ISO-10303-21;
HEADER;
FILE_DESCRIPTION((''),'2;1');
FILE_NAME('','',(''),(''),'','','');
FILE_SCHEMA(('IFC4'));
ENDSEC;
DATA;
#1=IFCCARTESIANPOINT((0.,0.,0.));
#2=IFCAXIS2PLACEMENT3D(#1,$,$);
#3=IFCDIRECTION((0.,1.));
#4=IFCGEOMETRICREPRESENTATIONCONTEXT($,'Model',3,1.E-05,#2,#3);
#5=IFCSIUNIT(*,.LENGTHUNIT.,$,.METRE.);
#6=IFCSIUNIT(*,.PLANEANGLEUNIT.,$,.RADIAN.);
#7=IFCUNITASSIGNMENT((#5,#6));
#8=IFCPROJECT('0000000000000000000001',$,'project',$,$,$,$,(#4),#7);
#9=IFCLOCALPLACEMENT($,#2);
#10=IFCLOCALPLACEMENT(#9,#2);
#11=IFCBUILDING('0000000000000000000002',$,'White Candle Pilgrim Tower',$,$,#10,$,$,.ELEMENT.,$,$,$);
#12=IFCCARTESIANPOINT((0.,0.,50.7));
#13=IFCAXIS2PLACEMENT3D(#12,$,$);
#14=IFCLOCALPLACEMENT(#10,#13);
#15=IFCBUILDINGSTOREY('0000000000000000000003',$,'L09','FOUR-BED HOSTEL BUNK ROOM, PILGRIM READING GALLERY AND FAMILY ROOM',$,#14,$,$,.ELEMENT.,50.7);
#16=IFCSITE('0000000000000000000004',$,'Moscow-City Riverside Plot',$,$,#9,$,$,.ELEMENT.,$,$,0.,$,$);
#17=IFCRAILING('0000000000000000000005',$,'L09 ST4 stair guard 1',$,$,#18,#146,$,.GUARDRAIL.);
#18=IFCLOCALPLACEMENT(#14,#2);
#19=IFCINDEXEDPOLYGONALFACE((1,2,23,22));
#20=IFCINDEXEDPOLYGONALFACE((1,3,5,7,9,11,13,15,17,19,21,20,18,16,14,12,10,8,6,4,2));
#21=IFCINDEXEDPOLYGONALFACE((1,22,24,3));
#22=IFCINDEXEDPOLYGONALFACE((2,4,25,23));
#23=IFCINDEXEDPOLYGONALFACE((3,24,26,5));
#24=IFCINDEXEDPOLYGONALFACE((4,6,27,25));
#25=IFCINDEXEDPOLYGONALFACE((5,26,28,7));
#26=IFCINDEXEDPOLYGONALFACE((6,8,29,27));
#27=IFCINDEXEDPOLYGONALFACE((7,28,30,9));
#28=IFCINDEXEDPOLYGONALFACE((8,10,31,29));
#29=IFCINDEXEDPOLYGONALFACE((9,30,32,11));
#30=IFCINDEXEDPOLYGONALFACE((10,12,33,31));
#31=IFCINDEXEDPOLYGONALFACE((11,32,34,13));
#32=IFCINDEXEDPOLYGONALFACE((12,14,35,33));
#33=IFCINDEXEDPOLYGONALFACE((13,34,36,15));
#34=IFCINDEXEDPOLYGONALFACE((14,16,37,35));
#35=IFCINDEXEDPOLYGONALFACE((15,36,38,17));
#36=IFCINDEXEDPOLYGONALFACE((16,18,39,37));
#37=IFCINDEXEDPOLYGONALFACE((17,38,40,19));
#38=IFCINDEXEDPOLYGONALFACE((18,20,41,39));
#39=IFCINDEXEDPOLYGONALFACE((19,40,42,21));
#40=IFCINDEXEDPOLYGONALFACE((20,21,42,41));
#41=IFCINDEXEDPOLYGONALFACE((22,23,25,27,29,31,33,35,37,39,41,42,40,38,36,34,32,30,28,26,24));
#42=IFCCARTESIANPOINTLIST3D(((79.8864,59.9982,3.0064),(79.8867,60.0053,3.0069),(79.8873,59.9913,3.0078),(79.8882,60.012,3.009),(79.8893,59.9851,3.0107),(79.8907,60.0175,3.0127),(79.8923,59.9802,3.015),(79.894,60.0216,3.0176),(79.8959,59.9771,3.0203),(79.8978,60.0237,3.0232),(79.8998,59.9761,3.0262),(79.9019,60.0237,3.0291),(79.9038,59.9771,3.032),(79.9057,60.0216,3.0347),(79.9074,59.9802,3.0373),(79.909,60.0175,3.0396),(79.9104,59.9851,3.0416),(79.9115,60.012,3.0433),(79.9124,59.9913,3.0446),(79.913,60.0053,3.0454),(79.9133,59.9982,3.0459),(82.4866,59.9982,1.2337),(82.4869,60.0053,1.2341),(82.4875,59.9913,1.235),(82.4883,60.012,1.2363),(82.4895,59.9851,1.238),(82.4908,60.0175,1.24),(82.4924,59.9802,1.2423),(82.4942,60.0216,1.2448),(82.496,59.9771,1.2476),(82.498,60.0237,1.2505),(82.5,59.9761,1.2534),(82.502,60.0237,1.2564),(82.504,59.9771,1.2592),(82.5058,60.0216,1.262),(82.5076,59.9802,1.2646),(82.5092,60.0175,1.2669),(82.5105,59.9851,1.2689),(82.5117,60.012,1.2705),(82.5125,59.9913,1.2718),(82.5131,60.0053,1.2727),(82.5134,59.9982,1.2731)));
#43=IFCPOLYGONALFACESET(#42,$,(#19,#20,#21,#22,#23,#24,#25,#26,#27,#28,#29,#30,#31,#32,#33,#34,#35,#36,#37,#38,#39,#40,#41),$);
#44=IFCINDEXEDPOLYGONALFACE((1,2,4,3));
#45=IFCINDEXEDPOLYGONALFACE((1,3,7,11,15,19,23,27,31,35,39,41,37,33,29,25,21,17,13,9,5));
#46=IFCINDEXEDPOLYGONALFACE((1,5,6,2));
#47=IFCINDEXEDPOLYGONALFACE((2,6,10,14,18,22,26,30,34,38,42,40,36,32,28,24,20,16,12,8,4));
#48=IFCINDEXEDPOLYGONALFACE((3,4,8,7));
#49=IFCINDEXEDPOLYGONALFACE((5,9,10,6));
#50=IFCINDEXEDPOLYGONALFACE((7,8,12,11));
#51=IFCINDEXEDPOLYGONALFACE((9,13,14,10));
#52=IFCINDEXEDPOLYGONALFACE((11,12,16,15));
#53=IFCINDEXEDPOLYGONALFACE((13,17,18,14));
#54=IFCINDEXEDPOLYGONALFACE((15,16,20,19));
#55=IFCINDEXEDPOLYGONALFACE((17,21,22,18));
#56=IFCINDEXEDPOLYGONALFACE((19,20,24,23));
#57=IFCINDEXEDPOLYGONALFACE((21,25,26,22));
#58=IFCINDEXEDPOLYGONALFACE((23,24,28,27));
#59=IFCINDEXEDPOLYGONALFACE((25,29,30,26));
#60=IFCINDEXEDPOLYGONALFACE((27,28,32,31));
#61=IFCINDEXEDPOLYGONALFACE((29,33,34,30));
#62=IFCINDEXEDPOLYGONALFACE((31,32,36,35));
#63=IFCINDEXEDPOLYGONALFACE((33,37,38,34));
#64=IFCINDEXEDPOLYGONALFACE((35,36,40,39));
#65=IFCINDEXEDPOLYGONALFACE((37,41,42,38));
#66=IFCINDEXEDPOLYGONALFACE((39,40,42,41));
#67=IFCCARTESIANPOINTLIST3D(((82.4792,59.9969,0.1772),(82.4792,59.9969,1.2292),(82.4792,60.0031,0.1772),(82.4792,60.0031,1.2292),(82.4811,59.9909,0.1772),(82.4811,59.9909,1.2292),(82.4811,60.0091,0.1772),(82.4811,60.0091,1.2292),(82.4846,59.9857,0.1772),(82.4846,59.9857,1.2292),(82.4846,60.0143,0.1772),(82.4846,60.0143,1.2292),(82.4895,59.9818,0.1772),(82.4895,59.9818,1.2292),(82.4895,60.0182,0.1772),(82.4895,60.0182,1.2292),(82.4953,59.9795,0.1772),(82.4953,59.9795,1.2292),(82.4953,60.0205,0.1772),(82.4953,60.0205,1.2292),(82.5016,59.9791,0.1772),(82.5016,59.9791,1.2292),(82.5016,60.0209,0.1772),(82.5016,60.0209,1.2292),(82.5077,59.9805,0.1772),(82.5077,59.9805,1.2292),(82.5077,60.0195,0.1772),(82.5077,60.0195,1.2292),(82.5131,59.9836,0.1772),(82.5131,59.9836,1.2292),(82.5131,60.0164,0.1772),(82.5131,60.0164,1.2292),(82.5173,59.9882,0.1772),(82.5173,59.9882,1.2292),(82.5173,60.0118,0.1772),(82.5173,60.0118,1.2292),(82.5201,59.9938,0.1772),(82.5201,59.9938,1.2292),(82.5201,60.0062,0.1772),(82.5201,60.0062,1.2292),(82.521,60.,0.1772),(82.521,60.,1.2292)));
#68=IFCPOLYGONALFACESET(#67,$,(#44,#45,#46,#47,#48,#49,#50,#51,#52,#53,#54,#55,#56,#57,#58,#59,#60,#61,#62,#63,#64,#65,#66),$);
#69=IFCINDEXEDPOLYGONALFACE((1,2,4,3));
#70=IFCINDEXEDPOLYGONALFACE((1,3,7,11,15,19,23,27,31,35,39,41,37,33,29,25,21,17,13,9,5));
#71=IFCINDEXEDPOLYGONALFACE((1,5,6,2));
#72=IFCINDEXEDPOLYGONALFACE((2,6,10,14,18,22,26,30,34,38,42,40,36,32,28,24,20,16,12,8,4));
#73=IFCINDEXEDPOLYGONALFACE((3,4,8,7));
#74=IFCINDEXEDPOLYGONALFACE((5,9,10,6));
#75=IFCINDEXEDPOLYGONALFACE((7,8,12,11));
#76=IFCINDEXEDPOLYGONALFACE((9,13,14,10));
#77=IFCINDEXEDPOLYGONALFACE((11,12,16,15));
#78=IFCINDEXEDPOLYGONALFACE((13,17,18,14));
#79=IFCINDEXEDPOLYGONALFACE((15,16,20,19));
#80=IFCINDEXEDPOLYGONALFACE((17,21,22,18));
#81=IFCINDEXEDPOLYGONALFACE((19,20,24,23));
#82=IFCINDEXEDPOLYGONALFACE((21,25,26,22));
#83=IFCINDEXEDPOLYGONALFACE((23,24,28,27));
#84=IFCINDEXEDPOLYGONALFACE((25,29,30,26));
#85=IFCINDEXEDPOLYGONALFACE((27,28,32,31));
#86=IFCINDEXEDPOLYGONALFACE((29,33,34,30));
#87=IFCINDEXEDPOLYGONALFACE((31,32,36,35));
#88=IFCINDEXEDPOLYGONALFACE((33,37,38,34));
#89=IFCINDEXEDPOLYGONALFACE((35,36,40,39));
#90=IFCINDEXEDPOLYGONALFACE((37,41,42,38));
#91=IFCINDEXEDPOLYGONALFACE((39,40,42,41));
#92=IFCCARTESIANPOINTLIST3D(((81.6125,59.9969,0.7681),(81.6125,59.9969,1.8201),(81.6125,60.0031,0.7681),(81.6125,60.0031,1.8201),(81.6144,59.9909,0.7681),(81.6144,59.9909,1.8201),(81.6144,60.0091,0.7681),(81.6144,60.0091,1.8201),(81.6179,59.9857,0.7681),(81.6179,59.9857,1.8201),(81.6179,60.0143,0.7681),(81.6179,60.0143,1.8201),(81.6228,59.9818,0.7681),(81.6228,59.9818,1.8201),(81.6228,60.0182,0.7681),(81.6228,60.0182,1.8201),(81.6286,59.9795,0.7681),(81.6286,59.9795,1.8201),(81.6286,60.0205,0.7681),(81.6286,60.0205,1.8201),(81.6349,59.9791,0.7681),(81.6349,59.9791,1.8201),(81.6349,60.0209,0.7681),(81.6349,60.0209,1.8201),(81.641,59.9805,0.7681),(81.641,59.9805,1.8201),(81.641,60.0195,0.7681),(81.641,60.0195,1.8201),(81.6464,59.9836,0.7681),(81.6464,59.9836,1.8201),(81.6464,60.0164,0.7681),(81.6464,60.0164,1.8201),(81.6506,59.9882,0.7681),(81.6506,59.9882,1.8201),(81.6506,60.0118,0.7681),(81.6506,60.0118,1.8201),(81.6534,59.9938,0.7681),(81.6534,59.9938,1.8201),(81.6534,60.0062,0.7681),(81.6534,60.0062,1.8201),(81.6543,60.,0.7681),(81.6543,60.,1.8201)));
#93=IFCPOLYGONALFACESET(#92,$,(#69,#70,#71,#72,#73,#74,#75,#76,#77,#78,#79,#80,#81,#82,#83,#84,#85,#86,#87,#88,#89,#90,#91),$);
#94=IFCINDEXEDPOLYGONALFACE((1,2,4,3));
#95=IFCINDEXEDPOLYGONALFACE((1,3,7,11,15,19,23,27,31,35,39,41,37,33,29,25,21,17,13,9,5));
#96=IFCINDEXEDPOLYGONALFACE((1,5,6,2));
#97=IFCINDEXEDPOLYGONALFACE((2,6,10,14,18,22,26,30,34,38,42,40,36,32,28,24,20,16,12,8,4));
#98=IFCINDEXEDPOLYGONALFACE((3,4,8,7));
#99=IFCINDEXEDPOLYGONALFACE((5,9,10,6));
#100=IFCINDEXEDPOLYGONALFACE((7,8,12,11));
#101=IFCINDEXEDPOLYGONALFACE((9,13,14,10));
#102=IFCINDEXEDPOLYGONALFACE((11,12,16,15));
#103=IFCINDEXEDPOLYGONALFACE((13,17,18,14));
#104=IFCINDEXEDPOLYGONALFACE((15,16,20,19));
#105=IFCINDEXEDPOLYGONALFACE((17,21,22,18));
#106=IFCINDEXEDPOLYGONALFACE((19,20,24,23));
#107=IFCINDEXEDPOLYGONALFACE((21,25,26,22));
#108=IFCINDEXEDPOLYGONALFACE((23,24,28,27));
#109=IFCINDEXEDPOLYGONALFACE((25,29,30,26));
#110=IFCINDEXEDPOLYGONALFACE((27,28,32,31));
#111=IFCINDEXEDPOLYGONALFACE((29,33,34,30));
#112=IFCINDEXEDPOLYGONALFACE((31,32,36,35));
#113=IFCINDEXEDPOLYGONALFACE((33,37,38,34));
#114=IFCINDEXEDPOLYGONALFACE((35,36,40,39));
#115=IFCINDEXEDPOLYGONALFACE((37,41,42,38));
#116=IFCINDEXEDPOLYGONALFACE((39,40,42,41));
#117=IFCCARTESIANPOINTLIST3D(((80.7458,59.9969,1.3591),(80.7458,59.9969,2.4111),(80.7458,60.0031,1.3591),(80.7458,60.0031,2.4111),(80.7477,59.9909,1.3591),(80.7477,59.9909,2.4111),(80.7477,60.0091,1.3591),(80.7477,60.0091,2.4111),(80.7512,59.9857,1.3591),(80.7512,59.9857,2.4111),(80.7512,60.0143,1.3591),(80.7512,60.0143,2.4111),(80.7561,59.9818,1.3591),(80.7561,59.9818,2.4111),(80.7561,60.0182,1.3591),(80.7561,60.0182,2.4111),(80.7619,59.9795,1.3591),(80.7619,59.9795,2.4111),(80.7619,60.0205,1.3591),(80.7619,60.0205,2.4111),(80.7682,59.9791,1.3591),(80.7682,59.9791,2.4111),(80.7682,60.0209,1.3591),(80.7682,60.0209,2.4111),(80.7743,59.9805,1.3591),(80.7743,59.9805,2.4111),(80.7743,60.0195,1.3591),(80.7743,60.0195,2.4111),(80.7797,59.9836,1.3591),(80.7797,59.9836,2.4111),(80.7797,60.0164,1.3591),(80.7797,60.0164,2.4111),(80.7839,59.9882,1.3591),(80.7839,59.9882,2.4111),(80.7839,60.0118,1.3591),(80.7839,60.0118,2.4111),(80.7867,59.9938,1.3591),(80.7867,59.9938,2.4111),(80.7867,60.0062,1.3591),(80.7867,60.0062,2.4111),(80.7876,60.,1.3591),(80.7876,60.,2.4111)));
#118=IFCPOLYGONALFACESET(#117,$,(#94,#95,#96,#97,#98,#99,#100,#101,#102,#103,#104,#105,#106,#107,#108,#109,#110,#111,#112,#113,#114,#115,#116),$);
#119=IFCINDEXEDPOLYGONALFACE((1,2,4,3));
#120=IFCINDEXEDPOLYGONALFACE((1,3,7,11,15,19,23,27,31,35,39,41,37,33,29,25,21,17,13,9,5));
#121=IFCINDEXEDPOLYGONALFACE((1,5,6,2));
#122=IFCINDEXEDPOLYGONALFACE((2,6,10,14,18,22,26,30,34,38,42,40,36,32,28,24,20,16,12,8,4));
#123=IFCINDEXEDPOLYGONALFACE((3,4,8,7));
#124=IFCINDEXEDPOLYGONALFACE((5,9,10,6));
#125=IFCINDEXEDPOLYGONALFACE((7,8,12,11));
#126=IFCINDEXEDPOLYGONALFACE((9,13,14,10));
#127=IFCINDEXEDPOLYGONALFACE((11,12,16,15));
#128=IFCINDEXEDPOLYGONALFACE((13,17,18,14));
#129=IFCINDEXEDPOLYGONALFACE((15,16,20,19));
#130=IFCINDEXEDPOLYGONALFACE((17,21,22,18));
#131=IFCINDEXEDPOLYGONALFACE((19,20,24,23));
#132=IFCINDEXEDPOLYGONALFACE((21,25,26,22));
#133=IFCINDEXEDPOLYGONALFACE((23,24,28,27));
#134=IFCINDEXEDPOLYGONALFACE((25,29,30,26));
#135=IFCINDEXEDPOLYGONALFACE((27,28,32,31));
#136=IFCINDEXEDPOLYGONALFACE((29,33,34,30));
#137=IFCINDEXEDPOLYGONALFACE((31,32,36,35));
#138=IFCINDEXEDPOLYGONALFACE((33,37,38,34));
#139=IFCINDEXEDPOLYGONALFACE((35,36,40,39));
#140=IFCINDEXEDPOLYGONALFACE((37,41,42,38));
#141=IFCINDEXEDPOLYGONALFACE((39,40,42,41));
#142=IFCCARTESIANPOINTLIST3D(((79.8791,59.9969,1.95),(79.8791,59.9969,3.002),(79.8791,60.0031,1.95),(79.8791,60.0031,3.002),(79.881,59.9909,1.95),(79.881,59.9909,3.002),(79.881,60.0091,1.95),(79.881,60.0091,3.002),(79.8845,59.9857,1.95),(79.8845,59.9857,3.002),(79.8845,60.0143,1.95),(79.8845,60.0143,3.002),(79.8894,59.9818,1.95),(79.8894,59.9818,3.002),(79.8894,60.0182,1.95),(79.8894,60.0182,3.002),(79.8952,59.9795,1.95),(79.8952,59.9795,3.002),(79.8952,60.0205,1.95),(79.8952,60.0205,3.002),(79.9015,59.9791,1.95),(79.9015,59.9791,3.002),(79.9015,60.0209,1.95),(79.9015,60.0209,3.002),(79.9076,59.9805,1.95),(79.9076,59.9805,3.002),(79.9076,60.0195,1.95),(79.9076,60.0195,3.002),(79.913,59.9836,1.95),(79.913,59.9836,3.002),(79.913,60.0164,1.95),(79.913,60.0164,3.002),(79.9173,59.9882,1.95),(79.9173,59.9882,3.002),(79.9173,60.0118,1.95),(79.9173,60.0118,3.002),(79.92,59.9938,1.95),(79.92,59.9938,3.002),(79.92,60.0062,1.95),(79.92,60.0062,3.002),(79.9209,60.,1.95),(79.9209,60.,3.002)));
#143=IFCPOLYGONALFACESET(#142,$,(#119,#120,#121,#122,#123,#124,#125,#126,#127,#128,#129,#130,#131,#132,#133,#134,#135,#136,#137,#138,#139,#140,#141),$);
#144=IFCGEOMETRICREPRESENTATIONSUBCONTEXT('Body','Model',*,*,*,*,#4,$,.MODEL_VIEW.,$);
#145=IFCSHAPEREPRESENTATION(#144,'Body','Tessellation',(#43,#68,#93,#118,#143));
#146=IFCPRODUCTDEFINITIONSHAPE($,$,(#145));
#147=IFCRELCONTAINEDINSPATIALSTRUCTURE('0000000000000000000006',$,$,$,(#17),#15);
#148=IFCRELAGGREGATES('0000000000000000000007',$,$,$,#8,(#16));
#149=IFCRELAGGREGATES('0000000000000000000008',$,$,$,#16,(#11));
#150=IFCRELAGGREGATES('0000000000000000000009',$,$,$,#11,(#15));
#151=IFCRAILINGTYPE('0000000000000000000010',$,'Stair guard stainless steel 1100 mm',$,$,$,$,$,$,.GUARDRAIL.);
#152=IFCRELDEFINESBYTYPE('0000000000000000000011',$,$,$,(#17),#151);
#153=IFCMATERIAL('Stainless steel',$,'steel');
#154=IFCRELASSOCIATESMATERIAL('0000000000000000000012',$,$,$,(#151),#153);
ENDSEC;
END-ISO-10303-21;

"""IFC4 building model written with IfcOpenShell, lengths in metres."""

from ifc_helpers import new_model, si_unit, direction, frame, origin, origin_2d, place, context, subcontext, project, spatial, circle, extrude, material, type_object, element, save


model = new_model("IFC4")

# Units and contexts
model_context = context("Model", 3, precision=1e-05, world=origin(), true_north=direction((0.0, 1.0)))
body_context = subcontext(model_context, "Body", "Model", "MODEL_VIEW")
ifc_project = project(units=[si_unit("LENGTHUNIT", "METRE"), si_unit("PLANEANGLEUNIT", "RADIAN")], contexts=[model_context])

# Site, building, storey
site_placement = place(None, origin())
site = spatial("IfcSite", under=ifc_project, at=site_placement, Name="Moscow-City Riverside Plot", CompositionType="ELEMENT", RefElevation=0.0)
building_placement = place(site_placement, origin())
building = spatial("IfcBuilding", under=site, at=building_placement, Name="White Candle Pilgrim Tower", CompositionType="ELEMENT")
storey_placement = place(building_placement, frame((0.0, 0.0, 50.7)))
storey = spatial("IfcBuildingStorey", under=building, at=storey_placement, Name="L09", Description="FOUR-BED HOSTEL BUNK ROOM, PILGRIM READING GALLERY AND FAMILY ROOM", CompositionType="ELEMENT", Elevation=50.7)

# Railing
ifc_material_1 = material(Name="Stainless steel", Category="steel")
railing_type_1 = type_object("IfcRailingType", Name="Stair guard stainless steel 1100 mm", PredefinedType="GUARDRAIL", material=ifc_material_1)
railing_1_placement = place(storey_placement, frame((82.5, 60.0, 0.1772)))
element("IfcRailing", 1, at=railing_1_placement, inside=storey, type_object=railing_type_1, Name="L09 ST4 stair guard 1", PredefinedType="GUARDRAIL", context=body_context, shape_type="SweptSolid", body=[
    extrude(circle(Radius=0.0239, at=origin_2d()), frame((0.0, 0.0, 1.0762), z_axis=(-0.82624, 0.0, 0.563318), x_axis=(0.0, -1.0, 0.0)), (0.0, 0.0, 1.0), 3.147),
    extrude(circle(Radius=0.021, at=origin_2d()), origin(), (0.0, 0.0, 1.0), 1.052),
    extrude(circle(Radius=0.021, at=origin_2d()), frame((-0.8667, 0.0, 0.5908)), (0.0, 0.0, 1.0), 1.052),
    extrude(circle(Radius=0.021, at=origin_2d()), frame((-1.7334, 0.0, 1.1819)), (0.0, 0.0, 1.0), 1.052),
    extrude(circle(Radius=0.021, at=origin_2d()), frame((-2.6001, 0.0, 1.7727)), (0.0, 0.0, 1.0), 1.052),
])

save(model, "model.ifc")
